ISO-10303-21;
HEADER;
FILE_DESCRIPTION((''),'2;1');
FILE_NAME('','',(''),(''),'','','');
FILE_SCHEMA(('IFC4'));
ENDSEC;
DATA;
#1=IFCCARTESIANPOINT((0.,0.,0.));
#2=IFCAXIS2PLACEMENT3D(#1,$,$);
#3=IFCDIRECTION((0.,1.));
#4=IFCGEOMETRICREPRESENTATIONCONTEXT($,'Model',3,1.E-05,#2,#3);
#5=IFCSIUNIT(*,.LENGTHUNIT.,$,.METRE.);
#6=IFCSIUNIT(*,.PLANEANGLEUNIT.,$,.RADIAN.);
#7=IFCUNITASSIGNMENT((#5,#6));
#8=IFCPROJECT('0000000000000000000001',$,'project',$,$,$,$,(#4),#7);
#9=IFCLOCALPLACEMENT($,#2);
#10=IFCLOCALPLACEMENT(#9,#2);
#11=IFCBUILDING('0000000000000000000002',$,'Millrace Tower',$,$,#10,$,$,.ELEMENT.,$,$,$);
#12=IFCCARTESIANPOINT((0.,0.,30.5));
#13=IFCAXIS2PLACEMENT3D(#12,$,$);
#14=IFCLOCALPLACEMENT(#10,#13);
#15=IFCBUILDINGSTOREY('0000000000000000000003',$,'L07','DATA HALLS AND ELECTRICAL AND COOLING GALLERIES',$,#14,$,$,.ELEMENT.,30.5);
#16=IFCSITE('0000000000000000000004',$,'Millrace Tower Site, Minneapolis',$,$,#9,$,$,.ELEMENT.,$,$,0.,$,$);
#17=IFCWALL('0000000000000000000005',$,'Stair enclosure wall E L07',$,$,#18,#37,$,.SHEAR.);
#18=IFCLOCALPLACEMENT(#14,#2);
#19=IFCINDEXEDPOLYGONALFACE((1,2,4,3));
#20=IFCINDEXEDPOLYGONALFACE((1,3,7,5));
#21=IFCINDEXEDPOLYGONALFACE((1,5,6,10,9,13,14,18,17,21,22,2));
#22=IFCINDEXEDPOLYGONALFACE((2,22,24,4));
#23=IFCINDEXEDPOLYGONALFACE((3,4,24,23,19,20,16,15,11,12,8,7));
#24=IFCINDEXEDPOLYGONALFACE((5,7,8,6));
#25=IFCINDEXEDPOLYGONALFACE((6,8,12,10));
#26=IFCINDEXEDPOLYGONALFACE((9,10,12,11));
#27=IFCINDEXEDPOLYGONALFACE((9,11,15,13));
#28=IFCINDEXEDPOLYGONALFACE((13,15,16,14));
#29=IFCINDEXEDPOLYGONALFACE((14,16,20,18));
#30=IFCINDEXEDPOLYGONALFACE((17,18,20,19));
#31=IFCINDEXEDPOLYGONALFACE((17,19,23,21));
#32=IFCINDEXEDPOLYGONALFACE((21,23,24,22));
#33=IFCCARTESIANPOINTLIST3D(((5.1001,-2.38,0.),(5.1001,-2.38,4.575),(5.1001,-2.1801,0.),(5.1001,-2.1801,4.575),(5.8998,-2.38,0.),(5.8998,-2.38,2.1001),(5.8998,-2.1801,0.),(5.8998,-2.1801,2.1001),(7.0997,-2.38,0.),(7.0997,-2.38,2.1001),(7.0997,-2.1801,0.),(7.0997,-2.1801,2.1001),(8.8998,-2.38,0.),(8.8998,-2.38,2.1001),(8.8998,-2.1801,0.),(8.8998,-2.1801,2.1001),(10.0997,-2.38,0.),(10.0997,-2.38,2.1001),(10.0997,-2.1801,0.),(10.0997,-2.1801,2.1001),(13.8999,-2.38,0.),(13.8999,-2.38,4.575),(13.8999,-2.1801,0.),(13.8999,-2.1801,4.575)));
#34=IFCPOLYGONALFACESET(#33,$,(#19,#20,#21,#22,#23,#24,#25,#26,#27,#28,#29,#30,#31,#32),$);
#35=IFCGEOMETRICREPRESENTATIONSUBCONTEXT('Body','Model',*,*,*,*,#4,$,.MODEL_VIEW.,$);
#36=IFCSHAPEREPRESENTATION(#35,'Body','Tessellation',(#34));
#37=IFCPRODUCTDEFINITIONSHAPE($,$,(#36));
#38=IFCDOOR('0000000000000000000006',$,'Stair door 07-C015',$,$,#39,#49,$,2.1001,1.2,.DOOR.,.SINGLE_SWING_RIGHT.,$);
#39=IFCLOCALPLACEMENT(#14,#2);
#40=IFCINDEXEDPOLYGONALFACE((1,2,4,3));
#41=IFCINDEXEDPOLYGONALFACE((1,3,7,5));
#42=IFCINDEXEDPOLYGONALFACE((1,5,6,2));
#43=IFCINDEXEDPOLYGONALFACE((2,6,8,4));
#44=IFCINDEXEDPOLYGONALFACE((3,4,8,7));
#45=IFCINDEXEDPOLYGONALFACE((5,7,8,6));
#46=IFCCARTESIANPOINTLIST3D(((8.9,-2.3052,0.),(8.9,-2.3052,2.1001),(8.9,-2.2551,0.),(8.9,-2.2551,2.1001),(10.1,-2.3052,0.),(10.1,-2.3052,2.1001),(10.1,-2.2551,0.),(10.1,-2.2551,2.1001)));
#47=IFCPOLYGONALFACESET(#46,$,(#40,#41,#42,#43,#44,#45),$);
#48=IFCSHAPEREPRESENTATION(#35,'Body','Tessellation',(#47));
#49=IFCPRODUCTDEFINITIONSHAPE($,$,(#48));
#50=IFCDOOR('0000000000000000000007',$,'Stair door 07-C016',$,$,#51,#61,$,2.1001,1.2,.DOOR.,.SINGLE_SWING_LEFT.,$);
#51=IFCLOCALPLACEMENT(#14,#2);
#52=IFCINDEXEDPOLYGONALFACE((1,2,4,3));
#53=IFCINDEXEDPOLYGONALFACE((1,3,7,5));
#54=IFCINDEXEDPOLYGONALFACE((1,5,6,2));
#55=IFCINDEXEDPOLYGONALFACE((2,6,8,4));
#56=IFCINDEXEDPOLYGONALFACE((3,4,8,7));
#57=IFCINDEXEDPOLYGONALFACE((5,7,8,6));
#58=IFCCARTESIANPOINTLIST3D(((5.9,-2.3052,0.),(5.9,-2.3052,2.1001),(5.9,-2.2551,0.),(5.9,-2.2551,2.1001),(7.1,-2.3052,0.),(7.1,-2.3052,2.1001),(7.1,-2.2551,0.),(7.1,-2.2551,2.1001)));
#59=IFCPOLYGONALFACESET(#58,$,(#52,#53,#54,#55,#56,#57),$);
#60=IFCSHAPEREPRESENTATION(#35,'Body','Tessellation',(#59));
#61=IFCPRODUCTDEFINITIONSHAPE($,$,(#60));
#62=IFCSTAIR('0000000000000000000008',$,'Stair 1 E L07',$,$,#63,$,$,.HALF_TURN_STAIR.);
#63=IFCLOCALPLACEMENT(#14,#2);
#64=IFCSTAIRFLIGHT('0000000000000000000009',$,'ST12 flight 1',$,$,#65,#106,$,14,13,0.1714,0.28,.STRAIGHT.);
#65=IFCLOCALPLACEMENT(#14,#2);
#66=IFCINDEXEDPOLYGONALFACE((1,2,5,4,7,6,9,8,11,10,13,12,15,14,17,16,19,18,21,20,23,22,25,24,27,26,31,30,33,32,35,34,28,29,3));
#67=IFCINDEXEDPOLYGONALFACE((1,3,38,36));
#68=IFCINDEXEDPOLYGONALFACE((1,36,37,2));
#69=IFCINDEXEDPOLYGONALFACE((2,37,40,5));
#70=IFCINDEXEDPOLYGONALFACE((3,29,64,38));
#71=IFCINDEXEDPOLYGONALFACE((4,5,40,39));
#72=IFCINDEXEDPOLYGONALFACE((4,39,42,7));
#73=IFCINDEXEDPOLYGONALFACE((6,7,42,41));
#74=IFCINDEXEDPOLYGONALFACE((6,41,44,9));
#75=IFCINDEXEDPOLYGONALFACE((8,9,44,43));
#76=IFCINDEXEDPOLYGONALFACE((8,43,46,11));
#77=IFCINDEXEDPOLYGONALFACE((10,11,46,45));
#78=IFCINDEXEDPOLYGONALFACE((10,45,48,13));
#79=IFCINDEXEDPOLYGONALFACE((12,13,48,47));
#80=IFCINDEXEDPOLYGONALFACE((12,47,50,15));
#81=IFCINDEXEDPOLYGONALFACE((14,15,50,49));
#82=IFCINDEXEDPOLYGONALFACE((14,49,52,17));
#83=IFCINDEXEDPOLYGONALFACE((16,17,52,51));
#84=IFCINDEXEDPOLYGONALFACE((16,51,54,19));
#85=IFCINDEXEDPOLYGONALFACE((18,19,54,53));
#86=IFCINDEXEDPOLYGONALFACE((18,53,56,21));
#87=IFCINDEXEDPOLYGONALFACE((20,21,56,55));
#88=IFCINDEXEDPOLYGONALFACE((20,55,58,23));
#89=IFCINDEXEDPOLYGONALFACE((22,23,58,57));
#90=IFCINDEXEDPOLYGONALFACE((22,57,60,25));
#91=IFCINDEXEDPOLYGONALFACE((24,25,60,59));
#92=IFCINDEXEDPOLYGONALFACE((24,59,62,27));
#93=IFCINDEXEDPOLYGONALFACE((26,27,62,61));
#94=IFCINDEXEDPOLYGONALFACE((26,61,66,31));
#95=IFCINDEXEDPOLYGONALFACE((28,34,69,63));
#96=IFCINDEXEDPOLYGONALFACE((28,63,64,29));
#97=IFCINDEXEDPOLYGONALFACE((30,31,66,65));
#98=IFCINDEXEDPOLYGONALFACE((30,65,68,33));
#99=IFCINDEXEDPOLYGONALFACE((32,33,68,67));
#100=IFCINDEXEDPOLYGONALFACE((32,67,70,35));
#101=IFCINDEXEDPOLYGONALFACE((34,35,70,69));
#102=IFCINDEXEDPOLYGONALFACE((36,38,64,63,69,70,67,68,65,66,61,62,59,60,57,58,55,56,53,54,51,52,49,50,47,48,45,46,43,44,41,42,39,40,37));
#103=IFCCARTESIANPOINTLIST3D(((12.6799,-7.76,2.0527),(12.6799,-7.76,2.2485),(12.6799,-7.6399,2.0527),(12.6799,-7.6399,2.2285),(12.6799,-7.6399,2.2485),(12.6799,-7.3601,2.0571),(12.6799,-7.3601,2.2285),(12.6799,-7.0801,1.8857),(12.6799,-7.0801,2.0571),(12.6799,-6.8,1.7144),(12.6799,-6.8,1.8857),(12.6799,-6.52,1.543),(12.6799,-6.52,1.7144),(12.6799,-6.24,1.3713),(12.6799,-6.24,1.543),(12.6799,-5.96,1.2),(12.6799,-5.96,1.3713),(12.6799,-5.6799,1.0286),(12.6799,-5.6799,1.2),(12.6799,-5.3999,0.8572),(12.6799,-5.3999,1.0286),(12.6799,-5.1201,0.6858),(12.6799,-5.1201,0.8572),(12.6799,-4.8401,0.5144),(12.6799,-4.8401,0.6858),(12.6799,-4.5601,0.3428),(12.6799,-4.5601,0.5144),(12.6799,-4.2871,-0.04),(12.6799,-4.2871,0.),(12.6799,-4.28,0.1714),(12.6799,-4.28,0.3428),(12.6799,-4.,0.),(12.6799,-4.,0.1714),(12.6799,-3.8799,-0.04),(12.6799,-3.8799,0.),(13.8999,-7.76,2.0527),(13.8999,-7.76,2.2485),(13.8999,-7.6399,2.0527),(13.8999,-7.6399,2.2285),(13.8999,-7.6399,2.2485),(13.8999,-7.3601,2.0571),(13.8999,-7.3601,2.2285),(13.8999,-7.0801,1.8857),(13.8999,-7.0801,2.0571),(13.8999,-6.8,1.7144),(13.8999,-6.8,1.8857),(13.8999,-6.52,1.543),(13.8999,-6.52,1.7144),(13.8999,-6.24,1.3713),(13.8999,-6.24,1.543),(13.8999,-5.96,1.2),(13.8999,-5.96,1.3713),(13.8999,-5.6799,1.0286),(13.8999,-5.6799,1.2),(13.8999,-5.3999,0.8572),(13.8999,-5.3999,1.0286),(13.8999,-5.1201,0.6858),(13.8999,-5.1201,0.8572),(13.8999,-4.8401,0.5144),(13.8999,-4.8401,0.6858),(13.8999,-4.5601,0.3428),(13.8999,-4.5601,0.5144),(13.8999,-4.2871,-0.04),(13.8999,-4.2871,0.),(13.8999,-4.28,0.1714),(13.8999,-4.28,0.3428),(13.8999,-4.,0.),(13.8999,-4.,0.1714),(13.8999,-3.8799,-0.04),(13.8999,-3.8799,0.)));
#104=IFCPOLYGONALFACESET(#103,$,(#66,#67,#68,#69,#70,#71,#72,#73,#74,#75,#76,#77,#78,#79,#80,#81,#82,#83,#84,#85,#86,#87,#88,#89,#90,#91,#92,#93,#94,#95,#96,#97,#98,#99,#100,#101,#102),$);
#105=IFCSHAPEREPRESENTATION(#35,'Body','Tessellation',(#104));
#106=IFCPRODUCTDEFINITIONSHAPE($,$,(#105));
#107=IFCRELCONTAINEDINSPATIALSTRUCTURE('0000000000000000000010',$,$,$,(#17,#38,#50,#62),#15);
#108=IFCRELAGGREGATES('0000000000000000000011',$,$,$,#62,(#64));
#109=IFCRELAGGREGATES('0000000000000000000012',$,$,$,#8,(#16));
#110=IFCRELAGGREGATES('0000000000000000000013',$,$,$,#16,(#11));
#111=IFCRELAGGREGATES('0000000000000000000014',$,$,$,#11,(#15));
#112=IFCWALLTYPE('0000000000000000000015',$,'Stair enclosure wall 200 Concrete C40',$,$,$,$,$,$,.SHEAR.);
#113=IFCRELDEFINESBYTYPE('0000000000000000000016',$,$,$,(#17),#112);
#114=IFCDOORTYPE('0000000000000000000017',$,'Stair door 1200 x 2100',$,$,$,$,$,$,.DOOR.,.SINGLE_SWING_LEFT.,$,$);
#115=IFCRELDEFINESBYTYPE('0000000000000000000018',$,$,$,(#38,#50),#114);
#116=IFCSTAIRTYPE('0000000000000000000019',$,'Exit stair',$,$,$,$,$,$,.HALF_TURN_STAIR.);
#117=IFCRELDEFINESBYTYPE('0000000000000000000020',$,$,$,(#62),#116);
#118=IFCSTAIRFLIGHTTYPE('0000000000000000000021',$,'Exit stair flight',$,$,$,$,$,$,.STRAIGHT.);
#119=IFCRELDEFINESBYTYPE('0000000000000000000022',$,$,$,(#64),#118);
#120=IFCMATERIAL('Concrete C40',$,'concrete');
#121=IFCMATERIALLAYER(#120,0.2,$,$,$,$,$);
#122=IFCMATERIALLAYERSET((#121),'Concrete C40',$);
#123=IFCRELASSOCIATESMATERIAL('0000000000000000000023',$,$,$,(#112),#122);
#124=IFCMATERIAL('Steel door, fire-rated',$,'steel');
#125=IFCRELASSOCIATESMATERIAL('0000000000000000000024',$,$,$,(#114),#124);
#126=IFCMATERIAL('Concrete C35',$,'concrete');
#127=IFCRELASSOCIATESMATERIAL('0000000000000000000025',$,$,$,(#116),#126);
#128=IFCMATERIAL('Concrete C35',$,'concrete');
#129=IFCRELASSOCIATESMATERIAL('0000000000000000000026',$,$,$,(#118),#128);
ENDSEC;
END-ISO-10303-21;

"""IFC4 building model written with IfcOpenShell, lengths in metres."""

from ifc_helpers import new_model, si_unit, direction, frame, frame_2d, origin, place, context, subcontext, project, spatial, polyline, rectangle, outline, extrude, material, layer, layer_set, type_object, element, fill, aggregate, save


model = new_model("IFC4")

# Units and contexts
model_context = context("Model", 3, precision=1e-05, world=origin(), true_north=direction((0.0, 1.0)))
body_context = subcontext(model_context, "Body", "Model", "MODEL_VIEW")
ifc_project = project(units=[si_unit("LENGTHUNIT", "METRE"), si_unit("PLANEANGLEUNIT", "RADIAN")], contexts=[model_context])

# Site, building, storey
site_placement = place(None, origin())
site = spatial("IfcSite", under=ifc_project, at=site_placement, Name="Millrace Tower Site, Minneapolis", CompositionType="ELEMENT", RefElevation=0.0)
building_placement = place(site_placement, origin())
building = spatial("IfcBuilding", under=site, at=building_placement, Name="Millrace Tower", CompositionType="ELEMENT")
storey_placement = place(building_placement, frame((0.0, 0.0, 30.5)))
storey = spatial("IfcBuildingStorey", under=building, at=storey_placement, Name="L07", Description="DATA HALLS AND ELECTRICAL AND COOLING GALLERIES", CompositionType="ELEMENT", Elevation=30.5)

# Shared definitions
placement = place(storey_placement, origin())

# Shared definitions
ifc_material_1 = material(Name="Concrete C40", Category="concrete")
ifc_layer_1 = layer(ifc_material_1, 0.2)
ifc_layer_set_1 = layer_set([ifc_layer_1], Name="Concrete C40")
wall_type_1 = type_object("IfcWallType", Name="Stair enclosure wall 200 Concrete C40", PredefinedType="SHEAR", material=ifc_layer_set_1)

# Wall, openings, doors
wall_1_placement = place(storey_placement, frame((13.8999, -2.28, 0.0), z_axis=(0.0, 0.0, 1.0), x_axis=(-1.0, 0.0, 0.0)))
wall_1 = element("IfcWall", 1, at=wall_1_placement, inside=storey, type_object=wall_type_1, Name="Stair enclosure wall E L07", PredefinedType="SHEAR", context=body_context, shape_type="SweptSolid", body=[
    extrude(rectangle(XDim=8.7998, YDim=0.2, at=frame_2d((4.3999, 0.0))), origin(), (0.0, 0.0, 1.0), 4.575),
])
opening_1_placement = place(wall_1_placement, frame((3.8, 0.0, 0.0)))
opening_1 = element("IfcOpeningElement", 2, at=opening_1_placement, cuts=wall_1, PredefinedType="OPENING", context=body_context, shape_type="SweptSolid", body=[
    extrude(rectangle(XDim=1.2, YDim=2.1001, at=frame_2d((0.6001, 1.05))), frame((0.0, 0.1099, 0.0), z_axis=(0.0, -1.0, 0.0), x_axis=(1.0, 0.0, 0.0)), (0.0, 0.0, 1.0), 0.22),
])
opening_2_placement = place(wall_1_placement, frame((6.8, 0.0, 0.0)))
opening_2 = element("IfcOpeningElement", 3, at=opening_2_placement, cuts=wall_1, PredefinedType="OPENING", context=body_context, shape_type="SweptSolid", body=[
    extrude(rectangle(XDim=1.2, YDim=2.1001, at=frame_2d((0.6001, 1.05))), frame((0.0, 0.1099, 0.0), z_axis=(0.0, -1.0, 0.0), x_axis=(1.0, 0.0, 0.0)), (0.0, 0.0, 1.0), 0.22),
])
ifc_material_2 = material(Name="Steel door, fire-rated", Category="steel")
door_type_1 = type_object("IfcDoorType", Name="Stair door 1200 x 2100", OperationType="SINGLE_SWING_LEFT", PredefinedType="DOOR", material=ifc_material_2)
door_1_placement = place(opening_1_placement, frame((1.2, 0.0, 0.0), z_axis=(0.0, 0.0, 1.0), x_axis=(-1.0, 0.0, 0.0)))
door_1 = element("IfcDoor", 4, at=door_1_placement, inside=storey, type_object=door_type_1, Name="Stair door 07-C015", OperationType="SINGLE_SWING_RIGHT", OverallHeight=2.1001, OverallWidth=1.2, PredefinedType="DOOR", context=body_context, shape_type="SweptSolid", body=[
    extrude(rectangle(XDim=1.2, YDim=2.1001, at=frame_2d((0.6001, 1.05))), frame((0.0, 0.0249, 0.0), z_axis=(0.0, -1.0, 0.0), x_axis=(1.0, 0.0, 0.0)), (0.0, 0.0, 1.0), 0.05),
])
fill(opening_1, door_1)
door_2_placement = place(opening_2_placement, frame((1.2, 0.0, 0.0), z_axis=(0.0, 0.0, 1.0), x_axis=(-1.0, 0.0, 0.0)))
door_2 = element("IfcDoor", 5, at=door_2_placement, inside=storey, type_object=door_type_1, Name="Stair door 07-C016", OperationType="SINGLE_SWING_LEFT", OverallHeight=2.1001, OverallWidth=1.2, PredefinedType="DOOR", context=body_context, shape_type="SweptSolid", body=[
    extrude(rectangle(XDim=1.2, YDim=2.1001, at=frame_2d((0.6001, 1.05))), frame((0.0, 0.0249, 0.0), z_axis=(0.0, -1.0, 0.0), x_axis=(1.0, 0.0, 0.0)), (0.0, 0.0, 1.0), 0.05),
])
fill(opening_2, door_2)

# Stair, stair flight
ifc_material_3 = material(Name="Concrete C35", Category="concrete")
stair_type = type_object("IfcStairType", Name="Exit stair", PredefinedType="HALF_TURN_STAIR", material=ifc_material_3)
stair = element("IfcStair", 6, at=placement, inside=storey, type_object=stair_type, Name="Stair 1 E L07", PredefinedType="HALF_TURN_STAIR")
ifc_material_4 = material(Name="Concrete C35", Category="concrete")
stair_flight_type = type_object("IfcStairFlightType", Name="Exit stair flight", PredefinedType="STRAIGHT", material=ifc_material_4)
stair_flight_placement = place(storey_placement, frame((13.29, -4.0, 0.0), z_axis=(0.0, 0.0, 1.0), x_axis=(0.0, -1.0, 0.0)))
stair_flight = element("IfcStairFlight", 7, at=stair_flight_placement, type_object=stair_flight_type, Name="ST12 flight 1", NumberOfRisers=14, NumberOfTreads=13, PredefinedType="STRAIGHT", RiserHeight=0.1714, TreadLength=0.28, context=body_context, shape_type="SweptSolid", body=[
    extrude(outline(polyline([(-0.1201, -0.04), (-0.1201, 0.0), (0.0, 0.0), (0.0, 0.1714), (0.28, 0.1714), (0.28, 0.3428), (0.5601, 0.3428), (0.5601, 0.5144), (0.8401, 0.5144), (0.8401, 0.6858), (1.1201, 0.6858), (1.1201, 0.8572), (1.3999, 0.8572), (1.3999, 1.0286), (1.6799, 1.0286), (1.6799, 1.2), (1.96, 1.2), (1.96, 1.3713), (2.24, 1.3713), (2.24, 1.543), (2.52, 1.543), (2.52, 1.7144), (2.8, 1.7144), (2.8, 1.8857), (3.0801, 1.8857), (3.0801, 2.0571), (3.3601, 2.0571), (3.3601, 2.2285), (3.6399, 2.2285), (3.6399, 2.2485), (3.76, 2.2485), (3.76, 2.0527), (3.6399, 2.0527), (0.2871, 0.0), (0.2871, -0.04), (-0.1201, -0.04)])), frame((0.0, 0.6099, 0.0), z_axis=(0.0, -1.0, 0.0), x_axis=(1.0, 0.0, 0.0)), (0.0, 0.0, 1.0), 1.22),
])
aggregate(stair, [stair_flight])

save(model, "model.ifc")
